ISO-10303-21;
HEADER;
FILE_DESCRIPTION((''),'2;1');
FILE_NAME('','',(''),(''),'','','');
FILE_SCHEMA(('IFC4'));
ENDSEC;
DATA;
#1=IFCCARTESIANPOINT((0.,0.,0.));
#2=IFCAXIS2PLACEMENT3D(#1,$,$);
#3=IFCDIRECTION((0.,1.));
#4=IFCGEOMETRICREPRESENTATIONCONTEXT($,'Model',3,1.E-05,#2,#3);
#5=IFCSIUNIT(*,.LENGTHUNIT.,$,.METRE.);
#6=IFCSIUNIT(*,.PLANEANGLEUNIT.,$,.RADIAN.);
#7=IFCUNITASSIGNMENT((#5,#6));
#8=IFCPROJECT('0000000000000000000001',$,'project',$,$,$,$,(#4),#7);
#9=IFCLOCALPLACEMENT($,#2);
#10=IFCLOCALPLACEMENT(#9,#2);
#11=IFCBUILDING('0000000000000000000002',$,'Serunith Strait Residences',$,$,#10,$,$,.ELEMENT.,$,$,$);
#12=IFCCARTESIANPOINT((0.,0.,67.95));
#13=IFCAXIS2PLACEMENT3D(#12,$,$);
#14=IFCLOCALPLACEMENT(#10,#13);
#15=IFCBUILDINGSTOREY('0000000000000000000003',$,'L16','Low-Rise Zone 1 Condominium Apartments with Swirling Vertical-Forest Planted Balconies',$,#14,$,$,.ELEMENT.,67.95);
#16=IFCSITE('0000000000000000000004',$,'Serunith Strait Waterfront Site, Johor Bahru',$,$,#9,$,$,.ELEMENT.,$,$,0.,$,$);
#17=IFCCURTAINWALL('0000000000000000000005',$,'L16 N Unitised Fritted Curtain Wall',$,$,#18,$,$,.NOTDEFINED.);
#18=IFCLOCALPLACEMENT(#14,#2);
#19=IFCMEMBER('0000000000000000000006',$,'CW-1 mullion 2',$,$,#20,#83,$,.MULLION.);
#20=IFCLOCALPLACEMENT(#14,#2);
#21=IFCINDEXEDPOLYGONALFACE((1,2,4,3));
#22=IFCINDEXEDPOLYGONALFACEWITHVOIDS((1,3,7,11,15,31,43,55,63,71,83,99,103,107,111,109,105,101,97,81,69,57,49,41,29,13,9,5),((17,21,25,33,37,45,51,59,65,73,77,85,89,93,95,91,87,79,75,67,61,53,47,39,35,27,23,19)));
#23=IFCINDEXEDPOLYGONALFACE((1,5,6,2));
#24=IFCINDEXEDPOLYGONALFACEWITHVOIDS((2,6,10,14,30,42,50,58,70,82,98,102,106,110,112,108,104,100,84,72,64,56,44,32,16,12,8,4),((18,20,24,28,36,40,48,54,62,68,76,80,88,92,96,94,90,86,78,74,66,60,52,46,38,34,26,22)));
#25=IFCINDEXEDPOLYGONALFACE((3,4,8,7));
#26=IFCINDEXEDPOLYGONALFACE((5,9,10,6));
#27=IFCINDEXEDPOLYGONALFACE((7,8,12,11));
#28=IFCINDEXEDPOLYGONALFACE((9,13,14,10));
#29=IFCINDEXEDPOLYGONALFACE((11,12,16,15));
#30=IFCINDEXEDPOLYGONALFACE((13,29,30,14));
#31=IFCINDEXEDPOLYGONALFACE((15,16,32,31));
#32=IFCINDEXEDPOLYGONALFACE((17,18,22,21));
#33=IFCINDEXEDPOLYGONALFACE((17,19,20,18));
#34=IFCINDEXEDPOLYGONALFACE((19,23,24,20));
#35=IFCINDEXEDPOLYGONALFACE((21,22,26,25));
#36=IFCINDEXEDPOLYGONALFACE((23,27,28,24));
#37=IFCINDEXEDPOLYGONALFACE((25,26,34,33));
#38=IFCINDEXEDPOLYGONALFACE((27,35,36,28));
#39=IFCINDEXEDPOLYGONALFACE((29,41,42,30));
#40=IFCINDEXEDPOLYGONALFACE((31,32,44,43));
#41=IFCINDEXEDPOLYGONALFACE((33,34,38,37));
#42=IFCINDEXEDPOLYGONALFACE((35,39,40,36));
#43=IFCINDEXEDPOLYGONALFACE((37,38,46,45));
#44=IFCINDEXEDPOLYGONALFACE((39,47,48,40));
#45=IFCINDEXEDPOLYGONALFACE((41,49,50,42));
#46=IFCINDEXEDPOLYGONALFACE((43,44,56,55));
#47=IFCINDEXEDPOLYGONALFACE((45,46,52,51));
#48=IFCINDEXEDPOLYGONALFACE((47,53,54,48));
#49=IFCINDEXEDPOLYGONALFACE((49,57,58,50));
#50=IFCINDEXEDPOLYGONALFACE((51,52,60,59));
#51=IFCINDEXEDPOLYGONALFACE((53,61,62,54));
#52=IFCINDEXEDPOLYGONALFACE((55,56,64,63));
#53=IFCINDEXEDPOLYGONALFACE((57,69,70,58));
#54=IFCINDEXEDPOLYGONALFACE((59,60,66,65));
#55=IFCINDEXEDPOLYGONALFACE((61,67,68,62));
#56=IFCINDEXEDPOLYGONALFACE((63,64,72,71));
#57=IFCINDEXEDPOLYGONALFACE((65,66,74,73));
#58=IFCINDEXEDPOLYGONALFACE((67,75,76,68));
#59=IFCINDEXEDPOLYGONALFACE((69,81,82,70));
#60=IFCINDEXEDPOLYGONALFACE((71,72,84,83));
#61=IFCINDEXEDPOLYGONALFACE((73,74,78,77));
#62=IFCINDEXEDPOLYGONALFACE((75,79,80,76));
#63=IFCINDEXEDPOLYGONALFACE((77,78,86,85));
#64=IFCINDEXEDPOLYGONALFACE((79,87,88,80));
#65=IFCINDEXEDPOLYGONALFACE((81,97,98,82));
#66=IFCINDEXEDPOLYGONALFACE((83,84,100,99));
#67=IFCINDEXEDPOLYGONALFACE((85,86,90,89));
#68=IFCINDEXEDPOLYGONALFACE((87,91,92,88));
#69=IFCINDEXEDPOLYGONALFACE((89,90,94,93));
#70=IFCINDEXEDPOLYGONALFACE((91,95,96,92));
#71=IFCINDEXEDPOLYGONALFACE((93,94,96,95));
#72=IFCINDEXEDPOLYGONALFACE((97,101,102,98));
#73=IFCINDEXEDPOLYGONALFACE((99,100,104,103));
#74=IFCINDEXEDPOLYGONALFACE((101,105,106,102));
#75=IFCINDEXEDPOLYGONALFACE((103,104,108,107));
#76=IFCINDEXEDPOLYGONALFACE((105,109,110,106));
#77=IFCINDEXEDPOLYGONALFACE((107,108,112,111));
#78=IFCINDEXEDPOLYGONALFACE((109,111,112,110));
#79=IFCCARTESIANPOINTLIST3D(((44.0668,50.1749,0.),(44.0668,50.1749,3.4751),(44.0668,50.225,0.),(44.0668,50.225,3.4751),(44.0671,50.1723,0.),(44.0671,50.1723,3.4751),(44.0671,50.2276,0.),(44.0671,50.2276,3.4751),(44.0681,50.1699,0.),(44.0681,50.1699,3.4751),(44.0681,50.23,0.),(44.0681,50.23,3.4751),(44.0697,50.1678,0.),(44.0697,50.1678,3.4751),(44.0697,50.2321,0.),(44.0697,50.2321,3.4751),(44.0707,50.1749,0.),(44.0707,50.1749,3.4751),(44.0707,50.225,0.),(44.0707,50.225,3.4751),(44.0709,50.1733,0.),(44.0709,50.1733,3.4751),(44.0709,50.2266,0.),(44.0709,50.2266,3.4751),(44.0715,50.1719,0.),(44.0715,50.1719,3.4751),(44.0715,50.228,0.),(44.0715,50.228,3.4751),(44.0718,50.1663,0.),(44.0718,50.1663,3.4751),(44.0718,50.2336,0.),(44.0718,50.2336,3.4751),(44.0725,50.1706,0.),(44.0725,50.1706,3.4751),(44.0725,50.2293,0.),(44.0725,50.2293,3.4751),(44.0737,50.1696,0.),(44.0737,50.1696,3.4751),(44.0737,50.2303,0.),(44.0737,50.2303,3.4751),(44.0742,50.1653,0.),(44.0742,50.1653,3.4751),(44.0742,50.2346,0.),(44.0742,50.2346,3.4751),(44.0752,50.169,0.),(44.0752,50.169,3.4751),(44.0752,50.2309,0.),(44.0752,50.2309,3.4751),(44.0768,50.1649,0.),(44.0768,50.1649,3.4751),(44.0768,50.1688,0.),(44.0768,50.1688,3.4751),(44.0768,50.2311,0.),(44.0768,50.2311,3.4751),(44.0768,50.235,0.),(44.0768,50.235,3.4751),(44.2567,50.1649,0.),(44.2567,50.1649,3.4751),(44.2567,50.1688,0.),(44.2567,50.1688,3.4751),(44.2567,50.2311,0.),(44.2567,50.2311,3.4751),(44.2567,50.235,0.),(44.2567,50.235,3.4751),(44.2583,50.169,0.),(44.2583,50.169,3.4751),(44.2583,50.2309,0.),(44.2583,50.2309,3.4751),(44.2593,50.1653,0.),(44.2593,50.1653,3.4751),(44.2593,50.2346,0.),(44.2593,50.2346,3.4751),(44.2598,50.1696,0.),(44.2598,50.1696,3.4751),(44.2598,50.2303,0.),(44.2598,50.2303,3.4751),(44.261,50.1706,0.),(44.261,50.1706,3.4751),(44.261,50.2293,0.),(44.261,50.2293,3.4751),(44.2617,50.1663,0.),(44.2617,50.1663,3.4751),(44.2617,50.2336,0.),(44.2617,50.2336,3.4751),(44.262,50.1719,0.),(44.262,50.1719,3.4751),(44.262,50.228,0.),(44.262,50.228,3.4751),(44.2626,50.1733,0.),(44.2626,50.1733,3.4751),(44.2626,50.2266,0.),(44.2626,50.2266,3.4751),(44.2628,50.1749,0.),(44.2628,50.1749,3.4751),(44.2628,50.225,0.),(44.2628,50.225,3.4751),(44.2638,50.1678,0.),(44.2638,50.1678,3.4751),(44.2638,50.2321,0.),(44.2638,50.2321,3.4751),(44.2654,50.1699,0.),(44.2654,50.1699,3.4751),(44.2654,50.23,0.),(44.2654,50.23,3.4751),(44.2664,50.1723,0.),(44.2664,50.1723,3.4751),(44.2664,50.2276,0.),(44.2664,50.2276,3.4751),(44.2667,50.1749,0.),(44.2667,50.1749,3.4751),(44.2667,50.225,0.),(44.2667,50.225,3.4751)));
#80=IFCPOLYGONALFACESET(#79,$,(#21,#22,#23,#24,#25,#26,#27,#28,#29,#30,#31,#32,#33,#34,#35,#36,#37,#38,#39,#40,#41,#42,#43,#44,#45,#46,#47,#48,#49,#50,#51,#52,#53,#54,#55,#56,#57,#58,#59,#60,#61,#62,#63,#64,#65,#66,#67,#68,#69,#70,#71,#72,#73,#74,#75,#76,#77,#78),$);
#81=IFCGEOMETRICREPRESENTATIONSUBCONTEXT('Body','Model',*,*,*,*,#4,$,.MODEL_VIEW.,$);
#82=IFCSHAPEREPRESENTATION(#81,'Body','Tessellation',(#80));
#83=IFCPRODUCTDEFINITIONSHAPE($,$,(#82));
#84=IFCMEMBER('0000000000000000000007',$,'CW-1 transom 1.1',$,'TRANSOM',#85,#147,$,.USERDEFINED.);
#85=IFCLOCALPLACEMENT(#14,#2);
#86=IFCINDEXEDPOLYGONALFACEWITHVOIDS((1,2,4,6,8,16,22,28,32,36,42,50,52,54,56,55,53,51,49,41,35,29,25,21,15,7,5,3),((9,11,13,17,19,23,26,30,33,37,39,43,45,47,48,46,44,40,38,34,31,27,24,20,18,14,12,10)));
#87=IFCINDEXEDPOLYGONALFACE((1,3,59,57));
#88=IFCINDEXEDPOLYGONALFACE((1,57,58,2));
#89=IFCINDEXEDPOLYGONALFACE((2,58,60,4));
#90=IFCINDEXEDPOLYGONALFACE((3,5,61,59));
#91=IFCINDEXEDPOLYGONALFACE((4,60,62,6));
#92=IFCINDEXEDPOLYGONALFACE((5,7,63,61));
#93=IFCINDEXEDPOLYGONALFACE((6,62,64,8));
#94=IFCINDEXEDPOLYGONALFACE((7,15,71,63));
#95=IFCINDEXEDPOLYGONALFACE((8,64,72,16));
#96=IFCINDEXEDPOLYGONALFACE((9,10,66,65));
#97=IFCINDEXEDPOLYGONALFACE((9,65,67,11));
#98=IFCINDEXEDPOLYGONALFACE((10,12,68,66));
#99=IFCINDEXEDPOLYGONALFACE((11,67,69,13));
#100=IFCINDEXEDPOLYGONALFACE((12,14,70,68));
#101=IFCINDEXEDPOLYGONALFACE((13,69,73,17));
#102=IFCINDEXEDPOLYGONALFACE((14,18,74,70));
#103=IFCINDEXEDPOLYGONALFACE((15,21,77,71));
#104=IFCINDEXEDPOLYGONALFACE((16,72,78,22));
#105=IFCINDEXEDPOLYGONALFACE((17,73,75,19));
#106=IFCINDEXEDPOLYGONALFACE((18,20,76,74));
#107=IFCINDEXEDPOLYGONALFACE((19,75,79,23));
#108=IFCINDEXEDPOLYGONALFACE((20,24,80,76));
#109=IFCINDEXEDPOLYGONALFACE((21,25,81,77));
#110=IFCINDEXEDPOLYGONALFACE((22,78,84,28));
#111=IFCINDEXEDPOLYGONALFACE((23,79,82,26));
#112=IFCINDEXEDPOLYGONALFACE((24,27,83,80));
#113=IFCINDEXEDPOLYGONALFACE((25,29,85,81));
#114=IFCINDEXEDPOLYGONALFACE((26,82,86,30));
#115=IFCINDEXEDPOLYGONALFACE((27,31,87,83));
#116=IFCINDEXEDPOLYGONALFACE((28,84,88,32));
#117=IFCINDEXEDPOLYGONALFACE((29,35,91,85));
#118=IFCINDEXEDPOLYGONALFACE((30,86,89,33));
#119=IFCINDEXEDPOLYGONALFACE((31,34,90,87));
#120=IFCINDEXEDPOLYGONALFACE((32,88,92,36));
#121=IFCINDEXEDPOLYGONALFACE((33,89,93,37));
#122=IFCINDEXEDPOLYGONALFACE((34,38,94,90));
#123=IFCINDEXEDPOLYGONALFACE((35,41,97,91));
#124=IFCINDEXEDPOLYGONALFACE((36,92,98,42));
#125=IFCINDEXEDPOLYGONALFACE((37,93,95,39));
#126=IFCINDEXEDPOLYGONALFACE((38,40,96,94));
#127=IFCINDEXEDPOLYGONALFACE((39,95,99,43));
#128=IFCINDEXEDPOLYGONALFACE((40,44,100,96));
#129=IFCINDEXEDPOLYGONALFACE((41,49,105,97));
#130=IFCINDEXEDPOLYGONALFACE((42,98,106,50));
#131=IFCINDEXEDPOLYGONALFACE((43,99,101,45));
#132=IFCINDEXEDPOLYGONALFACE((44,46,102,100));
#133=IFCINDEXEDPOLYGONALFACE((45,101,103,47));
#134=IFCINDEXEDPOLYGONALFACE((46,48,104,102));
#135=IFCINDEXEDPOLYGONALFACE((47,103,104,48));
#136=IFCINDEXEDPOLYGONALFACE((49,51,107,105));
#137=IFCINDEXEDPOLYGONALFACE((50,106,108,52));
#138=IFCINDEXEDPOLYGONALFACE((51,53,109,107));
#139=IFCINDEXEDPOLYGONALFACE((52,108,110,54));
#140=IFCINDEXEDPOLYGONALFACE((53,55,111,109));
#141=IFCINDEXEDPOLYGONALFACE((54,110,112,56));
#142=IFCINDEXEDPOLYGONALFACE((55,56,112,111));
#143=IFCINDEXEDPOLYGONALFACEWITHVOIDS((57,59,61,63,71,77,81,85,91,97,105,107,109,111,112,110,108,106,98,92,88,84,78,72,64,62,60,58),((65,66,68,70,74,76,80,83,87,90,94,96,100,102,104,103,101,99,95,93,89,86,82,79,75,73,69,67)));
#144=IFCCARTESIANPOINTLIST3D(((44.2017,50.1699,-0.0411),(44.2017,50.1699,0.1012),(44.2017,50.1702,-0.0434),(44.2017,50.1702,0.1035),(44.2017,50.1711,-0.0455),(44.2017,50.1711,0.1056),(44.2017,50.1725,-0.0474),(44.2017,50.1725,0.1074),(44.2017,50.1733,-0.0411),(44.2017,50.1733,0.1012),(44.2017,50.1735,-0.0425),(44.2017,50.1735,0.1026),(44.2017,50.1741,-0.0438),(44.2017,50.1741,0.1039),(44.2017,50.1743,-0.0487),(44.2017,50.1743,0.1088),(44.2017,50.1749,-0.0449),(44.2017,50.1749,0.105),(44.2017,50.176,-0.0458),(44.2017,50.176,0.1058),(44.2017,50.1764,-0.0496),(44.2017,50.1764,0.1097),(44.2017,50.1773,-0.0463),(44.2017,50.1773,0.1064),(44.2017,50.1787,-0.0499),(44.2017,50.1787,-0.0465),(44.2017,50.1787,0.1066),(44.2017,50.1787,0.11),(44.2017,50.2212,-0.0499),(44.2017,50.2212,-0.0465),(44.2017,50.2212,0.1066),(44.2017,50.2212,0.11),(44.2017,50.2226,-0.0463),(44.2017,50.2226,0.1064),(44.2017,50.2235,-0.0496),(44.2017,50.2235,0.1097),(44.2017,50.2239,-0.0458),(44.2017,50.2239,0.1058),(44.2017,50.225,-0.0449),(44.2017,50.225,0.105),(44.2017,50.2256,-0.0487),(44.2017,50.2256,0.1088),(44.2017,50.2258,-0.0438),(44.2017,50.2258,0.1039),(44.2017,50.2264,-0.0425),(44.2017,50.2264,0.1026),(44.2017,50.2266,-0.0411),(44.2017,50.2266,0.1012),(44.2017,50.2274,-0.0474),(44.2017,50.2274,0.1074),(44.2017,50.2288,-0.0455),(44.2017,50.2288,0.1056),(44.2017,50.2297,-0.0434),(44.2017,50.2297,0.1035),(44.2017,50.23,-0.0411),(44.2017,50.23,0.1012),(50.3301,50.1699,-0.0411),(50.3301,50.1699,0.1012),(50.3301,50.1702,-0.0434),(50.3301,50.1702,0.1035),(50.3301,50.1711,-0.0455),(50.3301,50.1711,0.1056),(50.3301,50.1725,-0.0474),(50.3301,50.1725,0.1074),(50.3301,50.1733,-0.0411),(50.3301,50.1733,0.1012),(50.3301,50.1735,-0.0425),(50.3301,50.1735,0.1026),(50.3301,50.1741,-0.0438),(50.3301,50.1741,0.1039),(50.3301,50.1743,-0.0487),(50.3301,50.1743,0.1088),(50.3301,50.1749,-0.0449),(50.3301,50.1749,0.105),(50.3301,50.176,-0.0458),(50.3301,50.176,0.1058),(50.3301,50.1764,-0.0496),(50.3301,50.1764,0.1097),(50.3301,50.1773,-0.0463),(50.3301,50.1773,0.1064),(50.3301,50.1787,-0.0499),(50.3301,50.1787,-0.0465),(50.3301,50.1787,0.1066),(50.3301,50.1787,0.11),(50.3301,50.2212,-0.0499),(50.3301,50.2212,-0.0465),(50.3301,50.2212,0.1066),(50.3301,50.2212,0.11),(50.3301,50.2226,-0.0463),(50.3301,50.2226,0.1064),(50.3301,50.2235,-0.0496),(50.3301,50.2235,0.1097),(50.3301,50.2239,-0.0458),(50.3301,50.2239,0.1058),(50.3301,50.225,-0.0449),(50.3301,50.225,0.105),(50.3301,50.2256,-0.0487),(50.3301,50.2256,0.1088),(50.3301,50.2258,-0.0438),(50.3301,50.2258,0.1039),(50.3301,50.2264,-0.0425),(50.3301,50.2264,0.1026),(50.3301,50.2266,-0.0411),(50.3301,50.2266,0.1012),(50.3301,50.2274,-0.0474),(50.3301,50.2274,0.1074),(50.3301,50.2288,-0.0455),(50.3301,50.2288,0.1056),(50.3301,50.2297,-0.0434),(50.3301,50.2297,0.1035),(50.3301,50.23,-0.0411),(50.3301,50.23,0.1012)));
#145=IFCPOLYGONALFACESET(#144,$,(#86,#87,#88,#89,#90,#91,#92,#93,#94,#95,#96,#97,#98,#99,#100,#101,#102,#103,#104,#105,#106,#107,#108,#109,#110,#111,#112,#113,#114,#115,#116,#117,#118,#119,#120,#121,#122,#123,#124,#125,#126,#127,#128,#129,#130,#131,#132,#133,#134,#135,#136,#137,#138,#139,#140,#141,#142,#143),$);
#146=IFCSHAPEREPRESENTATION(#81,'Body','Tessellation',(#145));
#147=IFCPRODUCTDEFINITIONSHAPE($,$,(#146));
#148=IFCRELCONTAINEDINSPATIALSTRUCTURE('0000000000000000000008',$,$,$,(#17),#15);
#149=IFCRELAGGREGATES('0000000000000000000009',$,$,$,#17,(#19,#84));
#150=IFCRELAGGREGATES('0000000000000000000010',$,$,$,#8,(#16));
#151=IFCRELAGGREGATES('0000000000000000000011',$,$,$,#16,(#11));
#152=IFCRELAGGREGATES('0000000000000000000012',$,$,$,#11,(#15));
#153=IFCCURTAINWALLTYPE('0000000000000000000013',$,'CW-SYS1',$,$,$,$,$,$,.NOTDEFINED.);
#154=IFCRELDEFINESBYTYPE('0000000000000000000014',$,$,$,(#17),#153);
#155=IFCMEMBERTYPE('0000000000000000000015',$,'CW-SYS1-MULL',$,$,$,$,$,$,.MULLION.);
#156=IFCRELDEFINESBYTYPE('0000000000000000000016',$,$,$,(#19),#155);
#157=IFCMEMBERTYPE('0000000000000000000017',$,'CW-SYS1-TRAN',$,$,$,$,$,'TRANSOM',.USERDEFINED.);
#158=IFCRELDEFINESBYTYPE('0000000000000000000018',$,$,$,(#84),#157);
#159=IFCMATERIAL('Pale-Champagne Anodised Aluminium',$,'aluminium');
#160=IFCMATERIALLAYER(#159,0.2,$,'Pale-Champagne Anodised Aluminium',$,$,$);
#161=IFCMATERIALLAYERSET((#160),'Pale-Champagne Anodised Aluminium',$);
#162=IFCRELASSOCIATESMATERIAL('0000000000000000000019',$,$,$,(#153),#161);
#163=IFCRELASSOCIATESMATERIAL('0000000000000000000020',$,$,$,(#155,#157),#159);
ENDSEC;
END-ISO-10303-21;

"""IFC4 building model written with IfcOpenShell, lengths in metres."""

from ifc_helpers import new_model, si_unit, direction, frame, origin, origin_2d, place, context, subcontext, project, spatial, hollow_rectangle, extrude, source, transform, mapped, material, layer, layer_set, material_profile, profile_set, type_object, element, aggregate, save


model = new_model("IFC4")

# Units and contexts
model_context = context("Model", 3, precision=1e-05, world=origin(), true_north=direction((0.0, 1.0)))
body_context = subcontext(model_context, "Body", "Model", "MODEL_VIEW")
ifc_project = project(units=[si_unit("LENGTHUNIT", "METRE"), si_unit("PLANEANGLEUNIT", "RADIAN")], contexts=[model_context])

# Site, building, storey
site_placement = place(None, origin())
site = spatial("IfcSite", under=ifc_project, at=site_placement, Name="Serunith Strait Waterfront Site, Johor Bahru", CompositionType="ELEMENT", RefElevation=0.0)
building_placement = place(site_placement, origin())
building = spatial("IfcBuilding", under=site, at=building_placement, Name="Serunith Strait Residences", CompositionType="ELEMENT")
storey_placement = place(building_placement, frame((0.0, 0.0, 67.95)))
storey = spatial("IfcBuildingStorey", under=building, at=storey_placement, Name="L16", Description="Low-Rise Zone 1 Condominium Apartments with Swirling Vertical-Forest Planted Balconies", CompositionType="ELEMENT", Elevation=67.95)

# Shared definitions
ifc_material_1 = material(Name="Pale-Champagne Anodised Aluminium", Category="aluminium")
ifc_layer_1 = layer(ifc_material_1, 0.2, Name="Pale-Champagne Anodised Aluminium")
ifc_layer_set_1 = layer_set([ifc_layer_1], Name="Pale-Champagne Anodised Aluminium")
curtain_wall_type = type_object("IfcCurtainWallType", Name="CW-SYS1", PredefinedType="NOTDEFINED", material=ifc_layer_set_1)
ifc_material_profile_1 = material_profile(ifc_material_1, hollow_rectangle(XDim=0.0701, YDim=0.2, WallThickness=0.0039, InnerFilletRadius=0.0061, OuterFilletRadius=0.01, at=origin_2d()), Name="ALU 200x70x4")
ifc_profile_set_1 = profile_set([ifc_material_profile_1], Name="Pale-Champagne Anodised Aluminium")
member_type_1 = type_object("IfcMemberType", Name="CW-SYS1-MULL", PredefinedType="MULLION", material=ifc_profile_set_1)
shared_shape_1 = source(origin(), body_context, "Body", "SweptSolid", [
    extrude(hollow_rectangle(XDim=0.0701, YDim=0.2, WallThickness=0.0039, InnerFilletRadius=0.0061, OuterFilletRadius=0.01, at=origin_2d()), origin(), (0.0, 0.0, 1.0), 3.4751),
])

# Curtain wall, members
curtain_wall_1_placement = place(storey_placement, origin())
curtain_wall_1 = element("IfcCurtainWall", 1, at=curtain_wall_1_placement, inside=storey, type_object=curtain_wall_type, Name="L16 N Unitised Fritted Curtain Wall", PredefinedType="NOTDEFINED")
member_1_placement = place(storey_placement, frame((44.1667, 50.2, 0.0), z_axis=(0.0, 0.0, 1.0), x_axis=(0.0, -1.0, 0.0)))
member_1 = element("IfcMember", 2, at=member_1_placement, type_object=member_type_1, Name="CW-1 mullion 2", PredefinedType="MULLION", context=body_context, shape_type="MappedRepresentation", body=[
    mapped(shared_shape_1, transform((0.0, 0.0, 0.0), scale=1.0)),
])
ifc_material_profile_2 = material_profile(ifc_material_1, hollow_rectangle(XDim=0.0601, YDim=0.1599, WallThickness=0.0034, InnerFilletRadius=0.0054, OuterFilletRadius=0.0088, at=origin_2d()), Name="ALU 160x60x3.5")
ifc_profile_set_2 = profile_set([ifc_material_profile_2], Name="Pale-Champagne Anodised Aluminium")
member_type_2 = type_object("IfcMemberType", Name="CW-SYS1-TRAN", ElementType="TRANSOM", PredefinedType="USERDEFINED", material=ifc_profile_set_2)
shared_shape_2 = source(origin(), body_context, "Body", "SweptSolid", [
    extrude(hollow_rectangle(XDim=0.0601, YDim=0.1599, WallThickness=0.0034, InnerFilletRadius=0.0054, OuterFilletRadius=0.0088, at=origin_2d()), origin(), (0.0, 0.0, 1.0), 6.1284),
])
member_2_placement = place(storey_placement, frame((50.3301, 50.2, 0.03), z_axis=(-1.0, 0.0, 0.0), x_axis=(0.0, -1.0, 0.0)))
member_2 = element("IfcMember", 3, at=member_2_placement, type_object=member_type_2, Name="CW-1 transom 1.1", ObjectType="TRANSOM", PredefinedType="USERDEFINED", context=body_context, shape_type="MappedRepresentation", body=[
    mapped(shared_shape_2, transform((0.0, 0.0, 0.0), scale=1.0)),
])

aggregate(curtain_wall_1, [member_1, member_2])

save(model, "model.ifc")
